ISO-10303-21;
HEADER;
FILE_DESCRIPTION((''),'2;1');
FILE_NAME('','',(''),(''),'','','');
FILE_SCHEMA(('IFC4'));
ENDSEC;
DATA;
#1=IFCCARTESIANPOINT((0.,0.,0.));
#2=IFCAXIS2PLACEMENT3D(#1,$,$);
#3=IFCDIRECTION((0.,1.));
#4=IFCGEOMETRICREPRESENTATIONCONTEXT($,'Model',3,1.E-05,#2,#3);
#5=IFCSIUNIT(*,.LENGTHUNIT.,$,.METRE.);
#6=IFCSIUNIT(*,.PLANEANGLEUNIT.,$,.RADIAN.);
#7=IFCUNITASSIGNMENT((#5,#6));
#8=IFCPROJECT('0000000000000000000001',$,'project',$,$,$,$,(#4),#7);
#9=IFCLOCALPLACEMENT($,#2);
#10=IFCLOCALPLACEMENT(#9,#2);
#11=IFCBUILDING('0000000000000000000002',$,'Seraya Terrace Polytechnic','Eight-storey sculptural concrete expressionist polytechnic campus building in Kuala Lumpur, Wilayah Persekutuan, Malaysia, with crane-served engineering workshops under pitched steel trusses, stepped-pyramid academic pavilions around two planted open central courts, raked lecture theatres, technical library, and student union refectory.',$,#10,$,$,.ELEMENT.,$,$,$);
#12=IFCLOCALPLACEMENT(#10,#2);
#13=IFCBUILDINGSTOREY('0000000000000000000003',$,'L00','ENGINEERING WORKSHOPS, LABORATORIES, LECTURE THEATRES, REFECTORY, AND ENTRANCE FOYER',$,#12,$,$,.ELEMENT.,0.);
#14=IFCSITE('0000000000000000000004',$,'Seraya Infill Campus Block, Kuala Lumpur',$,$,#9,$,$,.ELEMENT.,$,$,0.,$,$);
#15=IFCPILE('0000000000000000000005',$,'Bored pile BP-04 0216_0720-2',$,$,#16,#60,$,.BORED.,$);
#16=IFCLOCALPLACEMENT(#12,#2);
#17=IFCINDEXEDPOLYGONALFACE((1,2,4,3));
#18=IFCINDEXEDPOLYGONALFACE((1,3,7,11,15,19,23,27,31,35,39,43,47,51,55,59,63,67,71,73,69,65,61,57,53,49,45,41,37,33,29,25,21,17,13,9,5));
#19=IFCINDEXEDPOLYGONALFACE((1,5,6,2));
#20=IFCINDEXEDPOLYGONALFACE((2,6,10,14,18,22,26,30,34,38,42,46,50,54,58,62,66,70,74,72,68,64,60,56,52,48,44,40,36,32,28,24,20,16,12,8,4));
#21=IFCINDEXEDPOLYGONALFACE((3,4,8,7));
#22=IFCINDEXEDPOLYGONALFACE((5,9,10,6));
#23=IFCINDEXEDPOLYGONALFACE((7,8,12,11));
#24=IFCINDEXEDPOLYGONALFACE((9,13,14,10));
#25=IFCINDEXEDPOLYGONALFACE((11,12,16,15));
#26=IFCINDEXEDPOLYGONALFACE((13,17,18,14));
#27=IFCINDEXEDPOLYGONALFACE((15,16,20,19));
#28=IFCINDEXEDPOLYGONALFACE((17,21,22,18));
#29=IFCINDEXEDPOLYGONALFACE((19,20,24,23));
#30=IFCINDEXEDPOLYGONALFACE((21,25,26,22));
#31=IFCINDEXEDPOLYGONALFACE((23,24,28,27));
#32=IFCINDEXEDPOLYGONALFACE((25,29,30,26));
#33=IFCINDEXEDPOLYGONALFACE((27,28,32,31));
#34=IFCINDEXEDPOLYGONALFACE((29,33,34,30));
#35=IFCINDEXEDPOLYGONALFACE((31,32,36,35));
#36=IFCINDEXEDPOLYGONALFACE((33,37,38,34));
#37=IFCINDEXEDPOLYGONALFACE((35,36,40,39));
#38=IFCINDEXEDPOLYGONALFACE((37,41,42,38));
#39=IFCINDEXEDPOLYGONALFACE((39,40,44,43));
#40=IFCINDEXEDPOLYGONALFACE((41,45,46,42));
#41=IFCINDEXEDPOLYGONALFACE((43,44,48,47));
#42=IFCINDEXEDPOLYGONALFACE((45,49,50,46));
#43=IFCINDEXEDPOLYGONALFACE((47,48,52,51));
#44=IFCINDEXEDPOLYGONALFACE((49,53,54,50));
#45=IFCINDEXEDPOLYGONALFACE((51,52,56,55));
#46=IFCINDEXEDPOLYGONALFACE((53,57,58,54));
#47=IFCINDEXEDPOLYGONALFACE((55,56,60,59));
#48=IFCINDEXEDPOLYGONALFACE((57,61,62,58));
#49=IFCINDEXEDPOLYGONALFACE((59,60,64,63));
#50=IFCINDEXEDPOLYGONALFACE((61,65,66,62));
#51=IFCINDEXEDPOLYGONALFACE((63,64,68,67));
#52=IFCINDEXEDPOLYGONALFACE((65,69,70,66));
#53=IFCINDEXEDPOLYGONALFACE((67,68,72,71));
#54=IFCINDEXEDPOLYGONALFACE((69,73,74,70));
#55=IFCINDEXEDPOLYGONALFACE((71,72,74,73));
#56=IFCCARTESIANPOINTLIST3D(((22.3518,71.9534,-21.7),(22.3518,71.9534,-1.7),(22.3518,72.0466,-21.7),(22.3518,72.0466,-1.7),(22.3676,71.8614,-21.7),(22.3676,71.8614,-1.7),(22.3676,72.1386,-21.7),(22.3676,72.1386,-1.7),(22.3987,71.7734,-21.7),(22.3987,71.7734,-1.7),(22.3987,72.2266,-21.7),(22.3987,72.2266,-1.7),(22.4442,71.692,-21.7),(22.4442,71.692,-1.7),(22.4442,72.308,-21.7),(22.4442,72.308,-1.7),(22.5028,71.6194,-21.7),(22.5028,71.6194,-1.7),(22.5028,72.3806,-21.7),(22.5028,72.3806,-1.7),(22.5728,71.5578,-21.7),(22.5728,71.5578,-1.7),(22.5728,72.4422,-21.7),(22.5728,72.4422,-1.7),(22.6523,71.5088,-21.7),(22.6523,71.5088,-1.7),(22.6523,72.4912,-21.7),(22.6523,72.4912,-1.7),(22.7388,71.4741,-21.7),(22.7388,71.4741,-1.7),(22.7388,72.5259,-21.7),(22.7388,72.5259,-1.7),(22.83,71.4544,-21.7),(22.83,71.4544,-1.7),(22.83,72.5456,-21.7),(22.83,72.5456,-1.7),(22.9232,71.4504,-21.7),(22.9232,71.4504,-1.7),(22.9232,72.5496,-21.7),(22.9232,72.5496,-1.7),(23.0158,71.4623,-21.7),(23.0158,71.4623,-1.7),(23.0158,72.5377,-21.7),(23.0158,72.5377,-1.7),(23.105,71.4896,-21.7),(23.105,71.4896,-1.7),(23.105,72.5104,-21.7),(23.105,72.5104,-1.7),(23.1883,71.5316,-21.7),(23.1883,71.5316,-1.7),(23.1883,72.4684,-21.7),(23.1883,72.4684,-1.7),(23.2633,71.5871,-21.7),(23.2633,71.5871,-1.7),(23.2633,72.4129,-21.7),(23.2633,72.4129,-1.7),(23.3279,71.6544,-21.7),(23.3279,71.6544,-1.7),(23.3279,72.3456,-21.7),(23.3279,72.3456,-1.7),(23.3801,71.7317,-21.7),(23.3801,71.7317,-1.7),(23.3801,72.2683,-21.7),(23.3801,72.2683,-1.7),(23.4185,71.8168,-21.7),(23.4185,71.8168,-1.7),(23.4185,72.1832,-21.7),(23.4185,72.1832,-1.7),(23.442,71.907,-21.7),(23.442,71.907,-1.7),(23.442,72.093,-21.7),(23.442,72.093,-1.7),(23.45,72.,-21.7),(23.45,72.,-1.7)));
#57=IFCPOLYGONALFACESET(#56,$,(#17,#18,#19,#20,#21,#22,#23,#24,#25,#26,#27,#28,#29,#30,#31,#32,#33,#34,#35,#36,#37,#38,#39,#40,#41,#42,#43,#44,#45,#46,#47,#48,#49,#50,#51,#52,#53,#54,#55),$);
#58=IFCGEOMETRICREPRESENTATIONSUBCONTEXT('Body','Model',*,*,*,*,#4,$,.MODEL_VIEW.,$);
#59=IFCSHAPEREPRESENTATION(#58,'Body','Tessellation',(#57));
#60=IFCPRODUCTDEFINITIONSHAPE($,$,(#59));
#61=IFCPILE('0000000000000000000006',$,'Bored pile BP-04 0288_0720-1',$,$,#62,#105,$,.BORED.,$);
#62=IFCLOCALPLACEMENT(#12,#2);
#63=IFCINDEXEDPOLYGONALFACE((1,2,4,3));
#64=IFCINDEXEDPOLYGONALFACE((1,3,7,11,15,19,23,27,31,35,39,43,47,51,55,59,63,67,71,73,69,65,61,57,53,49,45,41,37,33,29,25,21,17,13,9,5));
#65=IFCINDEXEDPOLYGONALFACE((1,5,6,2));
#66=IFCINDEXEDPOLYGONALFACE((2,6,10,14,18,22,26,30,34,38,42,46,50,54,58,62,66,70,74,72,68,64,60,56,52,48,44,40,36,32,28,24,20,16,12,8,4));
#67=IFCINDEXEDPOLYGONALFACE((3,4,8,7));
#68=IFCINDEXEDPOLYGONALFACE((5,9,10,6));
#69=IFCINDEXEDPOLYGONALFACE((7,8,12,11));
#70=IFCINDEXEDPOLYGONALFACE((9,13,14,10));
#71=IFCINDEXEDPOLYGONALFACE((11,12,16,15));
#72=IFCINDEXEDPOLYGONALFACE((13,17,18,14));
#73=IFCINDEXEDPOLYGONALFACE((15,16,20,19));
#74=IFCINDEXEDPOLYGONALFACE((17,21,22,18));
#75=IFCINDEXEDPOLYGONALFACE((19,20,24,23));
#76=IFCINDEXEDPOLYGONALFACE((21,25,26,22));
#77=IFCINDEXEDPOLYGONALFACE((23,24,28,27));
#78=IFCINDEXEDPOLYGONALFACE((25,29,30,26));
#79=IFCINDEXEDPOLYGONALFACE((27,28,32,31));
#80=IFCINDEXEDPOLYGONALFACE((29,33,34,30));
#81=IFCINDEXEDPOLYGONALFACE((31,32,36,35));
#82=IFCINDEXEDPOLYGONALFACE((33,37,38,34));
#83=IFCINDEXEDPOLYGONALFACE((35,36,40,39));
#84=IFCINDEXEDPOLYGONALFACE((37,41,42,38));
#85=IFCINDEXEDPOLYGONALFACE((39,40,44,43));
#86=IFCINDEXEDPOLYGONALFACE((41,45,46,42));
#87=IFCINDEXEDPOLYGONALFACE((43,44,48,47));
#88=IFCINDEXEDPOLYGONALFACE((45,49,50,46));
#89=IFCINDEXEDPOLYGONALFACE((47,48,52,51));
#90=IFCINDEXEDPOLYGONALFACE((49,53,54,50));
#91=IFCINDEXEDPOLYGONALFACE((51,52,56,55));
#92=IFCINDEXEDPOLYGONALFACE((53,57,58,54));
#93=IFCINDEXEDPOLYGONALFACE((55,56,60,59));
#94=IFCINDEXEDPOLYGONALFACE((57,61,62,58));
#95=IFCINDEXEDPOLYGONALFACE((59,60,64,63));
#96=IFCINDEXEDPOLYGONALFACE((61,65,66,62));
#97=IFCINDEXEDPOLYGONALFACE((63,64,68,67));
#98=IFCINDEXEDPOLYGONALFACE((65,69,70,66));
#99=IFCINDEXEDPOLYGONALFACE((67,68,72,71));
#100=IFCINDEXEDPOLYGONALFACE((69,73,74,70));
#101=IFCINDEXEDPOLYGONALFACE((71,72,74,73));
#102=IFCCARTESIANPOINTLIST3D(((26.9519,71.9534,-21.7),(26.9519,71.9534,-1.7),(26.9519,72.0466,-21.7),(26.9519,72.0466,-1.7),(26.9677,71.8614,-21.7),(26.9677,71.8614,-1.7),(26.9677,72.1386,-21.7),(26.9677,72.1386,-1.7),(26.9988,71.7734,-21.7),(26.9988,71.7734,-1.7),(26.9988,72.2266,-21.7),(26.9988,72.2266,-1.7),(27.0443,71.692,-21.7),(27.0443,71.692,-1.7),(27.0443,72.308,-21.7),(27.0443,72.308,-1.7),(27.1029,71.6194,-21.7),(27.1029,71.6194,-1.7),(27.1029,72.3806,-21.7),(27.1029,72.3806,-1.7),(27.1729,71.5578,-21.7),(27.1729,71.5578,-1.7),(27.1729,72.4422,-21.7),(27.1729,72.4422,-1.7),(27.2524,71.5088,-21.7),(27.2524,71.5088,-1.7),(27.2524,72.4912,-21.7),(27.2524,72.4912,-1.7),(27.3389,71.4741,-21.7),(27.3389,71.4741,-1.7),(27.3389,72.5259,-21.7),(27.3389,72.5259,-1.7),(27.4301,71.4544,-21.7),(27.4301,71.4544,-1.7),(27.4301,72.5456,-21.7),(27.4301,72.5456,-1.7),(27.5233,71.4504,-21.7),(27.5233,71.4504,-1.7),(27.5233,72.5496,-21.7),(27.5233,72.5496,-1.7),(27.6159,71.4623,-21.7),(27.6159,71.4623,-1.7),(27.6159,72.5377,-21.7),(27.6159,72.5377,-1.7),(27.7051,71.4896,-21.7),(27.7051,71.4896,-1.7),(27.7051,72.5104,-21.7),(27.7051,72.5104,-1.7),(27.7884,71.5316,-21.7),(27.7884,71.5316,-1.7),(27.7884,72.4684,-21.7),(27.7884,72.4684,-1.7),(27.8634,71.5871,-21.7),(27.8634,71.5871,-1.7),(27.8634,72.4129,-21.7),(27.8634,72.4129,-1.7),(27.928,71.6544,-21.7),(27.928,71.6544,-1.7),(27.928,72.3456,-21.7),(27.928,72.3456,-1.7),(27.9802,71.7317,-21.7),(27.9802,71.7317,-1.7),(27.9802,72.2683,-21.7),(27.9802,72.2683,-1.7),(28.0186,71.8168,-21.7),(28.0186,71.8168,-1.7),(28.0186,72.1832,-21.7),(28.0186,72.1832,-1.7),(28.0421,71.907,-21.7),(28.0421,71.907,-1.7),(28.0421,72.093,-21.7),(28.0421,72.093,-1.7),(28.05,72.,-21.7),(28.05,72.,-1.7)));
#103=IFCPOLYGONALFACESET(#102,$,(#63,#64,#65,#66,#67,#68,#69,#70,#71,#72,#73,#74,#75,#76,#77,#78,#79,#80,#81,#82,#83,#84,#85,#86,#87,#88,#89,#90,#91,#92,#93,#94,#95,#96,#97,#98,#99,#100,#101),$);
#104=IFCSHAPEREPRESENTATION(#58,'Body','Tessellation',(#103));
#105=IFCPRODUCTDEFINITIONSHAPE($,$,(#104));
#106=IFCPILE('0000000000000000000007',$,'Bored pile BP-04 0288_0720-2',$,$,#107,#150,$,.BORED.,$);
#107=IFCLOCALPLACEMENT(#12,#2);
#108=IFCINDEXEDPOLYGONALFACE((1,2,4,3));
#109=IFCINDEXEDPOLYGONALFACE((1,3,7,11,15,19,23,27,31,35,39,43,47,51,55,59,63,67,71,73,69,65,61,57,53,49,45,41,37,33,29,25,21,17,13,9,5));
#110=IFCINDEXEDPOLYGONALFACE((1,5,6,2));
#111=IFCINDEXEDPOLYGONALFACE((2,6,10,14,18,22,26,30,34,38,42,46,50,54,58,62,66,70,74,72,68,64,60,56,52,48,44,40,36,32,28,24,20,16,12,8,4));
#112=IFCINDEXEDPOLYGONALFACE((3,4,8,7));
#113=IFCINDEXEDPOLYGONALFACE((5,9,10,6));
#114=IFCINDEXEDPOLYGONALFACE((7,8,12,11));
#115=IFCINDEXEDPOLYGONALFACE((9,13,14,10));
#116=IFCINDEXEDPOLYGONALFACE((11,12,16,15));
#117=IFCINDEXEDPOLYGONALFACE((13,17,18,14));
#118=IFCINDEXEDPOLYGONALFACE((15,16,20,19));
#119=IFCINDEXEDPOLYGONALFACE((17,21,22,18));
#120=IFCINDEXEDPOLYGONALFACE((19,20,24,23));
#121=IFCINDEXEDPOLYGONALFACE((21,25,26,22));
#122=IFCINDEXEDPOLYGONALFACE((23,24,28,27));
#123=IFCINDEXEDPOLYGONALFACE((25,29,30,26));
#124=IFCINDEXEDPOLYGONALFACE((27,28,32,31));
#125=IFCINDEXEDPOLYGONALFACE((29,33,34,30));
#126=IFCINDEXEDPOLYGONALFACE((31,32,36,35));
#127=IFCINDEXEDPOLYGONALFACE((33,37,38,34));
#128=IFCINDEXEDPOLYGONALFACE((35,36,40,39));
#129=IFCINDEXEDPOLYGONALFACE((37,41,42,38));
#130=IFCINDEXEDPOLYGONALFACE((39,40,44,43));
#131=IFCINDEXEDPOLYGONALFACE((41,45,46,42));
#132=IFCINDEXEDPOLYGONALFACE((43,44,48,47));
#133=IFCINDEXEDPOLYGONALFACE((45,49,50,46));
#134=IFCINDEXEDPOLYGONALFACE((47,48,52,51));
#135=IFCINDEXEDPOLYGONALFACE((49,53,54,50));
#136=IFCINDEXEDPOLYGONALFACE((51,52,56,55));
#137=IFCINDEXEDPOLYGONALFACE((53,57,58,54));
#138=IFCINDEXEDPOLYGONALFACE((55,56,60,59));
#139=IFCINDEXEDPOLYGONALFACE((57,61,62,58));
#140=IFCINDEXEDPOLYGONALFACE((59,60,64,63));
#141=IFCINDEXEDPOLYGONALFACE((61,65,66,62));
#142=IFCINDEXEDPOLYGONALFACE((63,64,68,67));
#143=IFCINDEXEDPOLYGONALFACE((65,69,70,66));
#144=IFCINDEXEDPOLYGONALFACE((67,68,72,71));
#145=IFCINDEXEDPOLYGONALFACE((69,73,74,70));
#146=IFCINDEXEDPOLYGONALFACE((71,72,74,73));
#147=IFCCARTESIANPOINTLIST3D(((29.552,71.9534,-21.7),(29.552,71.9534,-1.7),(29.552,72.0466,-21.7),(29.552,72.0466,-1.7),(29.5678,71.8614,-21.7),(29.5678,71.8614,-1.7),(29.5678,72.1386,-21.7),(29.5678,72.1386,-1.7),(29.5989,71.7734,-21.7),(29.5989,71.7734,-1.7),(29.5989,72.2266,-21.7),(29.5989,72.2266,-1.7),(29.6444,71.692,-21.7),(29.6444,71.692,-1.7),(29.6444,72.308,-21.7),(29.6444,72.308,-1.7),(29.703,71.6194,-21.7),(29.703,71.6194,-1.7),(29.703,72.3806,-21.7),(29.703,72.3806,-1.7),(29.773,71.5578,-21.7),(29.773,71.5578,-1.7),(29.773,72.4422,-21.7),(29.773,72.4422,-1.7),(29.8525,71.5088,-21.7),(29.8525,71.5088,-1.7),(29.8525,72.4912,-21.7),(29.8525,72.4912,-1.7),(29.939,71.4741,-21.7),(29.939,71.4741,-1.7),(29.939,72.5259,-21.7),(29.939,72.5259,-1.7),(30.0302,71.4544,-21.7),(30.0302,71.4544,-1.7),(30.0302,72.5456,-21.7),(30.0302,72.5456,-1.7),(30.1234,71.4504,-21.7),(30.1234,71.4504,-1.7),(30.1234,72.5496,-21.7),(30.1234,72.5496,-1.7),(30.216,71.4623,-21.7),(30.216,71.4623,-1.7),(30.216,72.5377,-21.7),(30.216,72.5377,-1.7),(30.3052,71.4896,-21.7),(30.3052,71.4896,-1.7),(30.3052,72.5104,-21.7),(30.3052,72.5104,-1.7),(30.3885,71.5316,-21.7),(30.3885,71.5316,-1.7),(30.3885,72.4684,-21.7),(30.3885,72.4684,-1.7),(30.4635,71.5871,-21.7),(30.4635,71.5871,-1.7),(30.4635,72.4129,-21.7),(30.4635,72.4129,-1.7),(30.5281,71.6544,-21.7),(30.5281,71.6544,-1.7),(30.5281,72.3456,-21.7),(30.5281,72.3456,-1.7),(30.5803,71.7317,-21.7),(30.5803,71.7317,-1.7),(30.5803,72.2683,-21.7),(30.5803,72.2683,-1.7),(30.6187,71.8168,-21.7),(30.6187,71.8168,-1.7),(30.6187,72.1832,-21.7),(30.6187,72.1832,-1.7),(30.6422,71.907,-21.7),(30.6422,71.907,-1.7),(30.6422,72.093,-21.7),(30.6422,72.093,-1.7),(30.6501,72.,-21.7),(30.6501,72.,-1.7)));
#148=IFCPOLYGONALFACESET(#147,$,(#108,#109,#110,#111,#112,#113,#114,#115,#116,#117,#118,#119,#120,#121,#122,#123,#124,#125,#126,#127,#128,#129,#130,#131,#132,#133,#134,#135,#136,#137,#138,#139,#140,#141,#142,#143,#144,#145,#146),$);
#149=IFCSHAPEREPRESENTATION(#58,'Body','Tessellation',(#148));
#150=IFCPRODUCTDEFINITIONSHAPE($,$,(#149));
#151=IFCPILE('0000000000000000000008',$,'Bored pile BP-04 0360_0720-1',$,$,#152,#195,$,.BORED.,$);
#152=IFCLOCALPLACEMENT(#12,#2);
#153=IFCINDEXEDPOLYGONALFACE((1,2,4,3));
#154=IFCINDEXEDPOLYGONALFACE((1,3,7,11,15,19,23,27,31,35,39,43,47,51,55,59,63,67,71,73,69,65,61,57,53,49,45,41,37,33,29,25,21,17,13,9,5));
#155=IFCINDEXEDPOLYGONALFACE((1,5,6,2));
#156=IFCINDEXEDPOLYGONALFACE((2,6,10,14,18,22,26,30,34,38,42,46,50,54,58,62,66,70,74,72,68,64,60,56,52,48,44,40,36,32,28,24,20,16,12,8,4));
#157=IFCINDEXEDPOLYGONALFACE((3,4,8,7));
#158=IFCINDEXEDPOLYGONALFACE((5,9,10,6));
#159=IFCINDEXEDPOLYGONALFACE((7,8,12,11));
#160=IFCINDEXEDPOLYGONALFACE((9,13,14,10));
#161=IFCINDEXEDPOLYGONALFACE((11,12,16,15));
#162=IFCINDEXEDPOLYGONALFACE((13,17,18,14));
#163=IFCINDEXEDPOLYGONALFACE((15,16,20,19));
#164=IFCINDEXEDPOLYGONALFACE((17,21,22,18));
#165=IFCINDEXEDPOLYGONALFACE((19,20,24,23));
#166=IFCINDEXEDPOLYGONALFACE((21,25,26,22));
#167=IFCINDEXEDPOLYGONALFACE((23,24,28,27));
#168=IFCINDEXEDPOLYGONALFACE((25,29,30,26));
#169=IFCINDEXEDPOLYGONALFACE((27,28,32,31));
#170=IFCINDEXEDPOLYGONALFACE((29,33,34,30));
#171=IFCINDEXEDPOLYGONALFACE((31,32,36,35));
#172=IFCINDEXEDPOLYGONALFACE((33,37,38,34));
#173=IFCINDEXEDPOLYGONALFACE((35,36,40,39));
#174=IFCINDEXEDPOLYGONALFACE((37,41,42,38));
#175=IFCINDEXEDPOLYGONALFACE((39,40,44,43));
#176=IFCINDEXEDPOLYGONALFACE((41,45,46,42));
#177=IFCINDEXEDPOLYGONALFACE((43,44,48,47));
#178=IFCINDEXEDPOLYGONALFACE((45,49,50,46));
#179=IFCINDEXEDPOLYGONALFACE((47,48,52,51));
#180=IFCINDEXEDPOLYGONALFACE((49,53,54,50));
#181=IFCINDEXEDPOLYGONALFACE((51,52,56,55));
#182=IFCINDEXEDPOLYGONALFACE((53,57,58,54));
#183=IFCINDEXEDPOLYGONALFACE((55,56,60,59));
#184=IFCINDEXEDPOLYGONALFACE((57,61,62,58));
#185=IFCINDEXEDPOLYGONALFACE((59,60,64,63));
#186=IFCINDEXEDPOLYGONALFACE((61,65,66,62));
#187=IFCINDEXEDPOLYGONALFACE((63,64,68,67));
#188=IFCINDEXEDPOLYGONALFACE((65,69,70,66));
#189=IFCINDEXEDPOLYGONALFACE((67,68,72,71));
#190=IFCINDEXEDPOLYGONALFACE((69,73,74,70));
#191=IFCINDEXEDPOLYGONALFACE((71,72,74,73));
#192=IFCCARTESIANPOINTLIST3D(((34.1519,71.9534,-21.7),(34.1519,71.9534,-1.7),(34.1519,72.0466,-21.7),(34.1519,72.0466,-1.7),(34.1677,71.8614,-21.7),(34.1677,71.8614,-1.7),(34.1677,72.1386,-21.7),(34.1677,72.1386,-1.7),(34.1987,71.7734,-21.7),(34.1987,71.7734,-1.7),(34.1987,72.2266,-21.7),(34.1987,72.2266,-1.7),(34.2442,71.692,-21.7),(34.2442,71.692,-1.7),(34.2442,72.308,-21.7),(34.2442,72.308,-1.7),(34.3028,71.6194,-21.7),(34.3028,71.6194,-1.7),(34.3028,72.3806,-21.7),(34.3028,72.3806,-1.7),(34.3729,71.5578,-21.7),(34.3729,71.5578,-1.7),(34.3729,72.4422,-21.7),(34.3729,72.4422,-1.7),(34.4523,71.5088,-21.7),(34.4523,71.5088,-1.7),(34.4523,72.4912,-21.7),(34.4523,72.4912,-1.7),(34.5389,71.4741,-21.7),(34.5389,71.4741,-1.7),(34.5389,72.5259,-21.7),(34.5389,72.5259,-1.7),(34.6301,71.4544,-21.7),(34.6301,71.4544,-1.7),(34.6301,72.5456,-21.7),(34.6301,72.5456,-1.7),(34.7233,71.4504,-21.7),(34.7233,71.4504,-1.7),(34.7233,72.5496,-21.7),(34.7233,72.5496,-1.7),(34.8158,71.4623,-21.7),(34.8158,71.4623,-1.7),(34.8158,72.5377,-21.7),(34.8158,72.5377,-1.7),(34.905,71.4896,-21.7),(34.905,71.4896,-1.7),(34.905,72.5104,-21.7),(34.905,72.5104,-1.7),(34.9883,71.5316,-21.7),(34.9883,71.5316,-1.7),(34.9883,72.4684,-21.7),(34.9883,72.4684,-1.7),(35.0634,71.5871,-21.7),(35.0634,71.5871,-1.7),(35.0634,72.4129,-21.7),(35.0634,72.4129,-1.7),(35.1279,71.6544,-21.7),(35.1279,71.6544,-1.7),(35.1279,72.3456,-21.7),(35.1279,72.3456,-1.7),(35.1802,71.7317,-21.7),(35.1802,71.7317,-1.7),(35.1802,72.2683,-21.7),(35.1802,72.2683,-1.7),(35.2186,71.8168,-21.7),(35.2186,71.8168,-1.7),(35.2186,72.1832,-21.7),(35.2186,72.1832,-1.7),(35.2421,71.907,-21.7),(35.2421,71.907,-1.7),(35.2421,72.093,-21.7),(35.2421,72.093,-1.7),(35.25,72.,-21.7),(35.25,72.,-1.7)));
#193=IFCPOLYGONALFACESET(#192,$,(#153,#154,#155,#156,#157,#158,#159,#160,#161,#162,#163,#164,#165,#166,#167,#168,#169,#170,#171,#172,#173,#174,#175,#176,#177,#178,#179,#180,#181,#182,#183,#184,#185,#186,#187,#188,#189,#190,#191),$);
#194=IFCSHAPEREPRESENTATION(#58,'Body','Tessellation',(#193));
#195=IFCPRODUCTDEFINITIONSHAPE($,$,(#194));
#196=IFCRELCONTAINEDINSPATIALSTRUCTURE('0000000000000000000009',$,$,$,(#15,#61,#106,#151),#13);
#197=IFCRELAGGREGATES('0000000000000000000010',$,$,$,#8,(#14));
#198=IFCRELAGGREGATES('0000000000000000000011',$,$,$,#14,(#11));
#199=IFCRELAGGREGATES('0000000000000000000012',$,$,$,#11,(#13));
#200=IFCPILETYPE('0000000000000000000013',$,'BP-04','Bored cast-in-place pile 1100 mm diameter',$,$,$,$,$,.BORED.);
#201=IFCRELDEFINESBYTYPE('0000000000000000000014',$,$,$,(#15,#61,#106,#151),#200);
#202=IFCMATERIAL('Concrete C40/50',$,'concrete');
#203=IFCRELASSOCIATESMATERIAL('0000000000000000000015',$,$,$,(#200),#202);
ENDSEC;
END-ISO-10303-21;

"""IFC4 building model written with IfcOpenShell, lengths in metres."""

from ifc_helpers import new_model, si_unit, direction, frame, origin, origin_2d, place, context, subcontext, project, spatial, circle, extrude, material, material_profile, profile_set, type_object, element, save


model = new_model("IFC4")

# Units and contexts
model_context = context("Model", 3, precision=1e-05, world=origin(), true_north=direction((0.0, 1.0)))
body_context = subcontext(model_context, "Body", "Model", "MODEL_VIEW")
ifc_project = project(units=[si_unit("LENGTHUNIT", "METRE"), si_unit("PLANEANGLEUNIT", "RADIAN")], contexts=[model_context])

# Site, building, storey
site_placement = place(None, origin())
site = spatial("IfcSite", under=ifc_project, at=site_placement, Name="Seraya Infill Campus Block, Kuala Lumpur", CompositionType="ELEMENT", RefElevation=0.0)
building_placement = place(site_placement, origin())
building = spatial("IfcBuilding", under=site, at=building_placement, Name="Seraya Terrace Polytechnic", Description="Eight-storey sculptural concrete expressionist polytechnic campus building in Kuala Lumpur, Wilayah Persekutuan, Malaysia, with crane-served engineering workshops under pitched steel trusses, stepped-pyramid academic pavilions around two planted open central courts, raked lecture theatres, technical library, and student union refectory.", CompositionType="ELEMENT")
storey_placement = place(building_placement, origin())
storey = spatial("IfcBuildingStorey", under=building, at=storey_placement, Name="L00", Description="ENGINEERING WORKSHOPS, LABORATORIES, LECTURE THEATRES, REFECTORY, AND ENTRANCE FOYER", CompositionType="ELEMENT", Elevation=0.0)

# Piles
ifc_material_1 = material(Name="Concrete C40/50", Category="concrete")
ifc_material_profile_1 = material_profile(ifc_material_1, circle(Radius=0.55, at=origin_2d()), Name="DIA 1100")
ifc_profile_set_1 = profile_set([ifc_material_profile_1], Name="Concrete C40/50")
pile_type_1 = type_object("IfcPileType", Name="BP-04", Description="Bored cast-in-place pile 1100 mm diameter", PredefinedType="BORED", material=ifc_profile_set_1)
for number, where, z_axis, x_axis, name in (
    (1, (22.8999, 72.0, -1.7), (0.0, 0.0, -1.0), (1.0, 0.0, 0.0), "Bored pile BP-04 0216_0720-2"),
    (2, (27.5, 72.0, -1.7), (0.0, 0.0, -1.0), (1.0, 0.0, 0.0), "Bored pile BP-04 0288_0720-1"),
    (3, (30.1001, 72.0, -1.7), (0.0, 0.0, -1.0), (1.0, 0.0, 0.0), "Bored pile BP-04 0288_0720-2"),
    (4, (34.7, 72.0, -1.7), (0.0, 0.0, -1.0), (1.0, 0.0, 0.0), "Bored pile BP-04 0360_0720-1"),
):
    element("IfcPile", number, at=place(storey_placement, frame(where, z_axis=z_axis, x_axis=x_axis)), inside=storey, type_object=pile_type_1, Name=name, PredefinedType="BORED", context=body_context, shape_type="SweptSolid", body=[
        extrude(circle(Radius=0.55, at=origin_2d()), origin(), (0.0, 0.0, 1.0), 20.0),
    ])

save(model, "model.ifc")
